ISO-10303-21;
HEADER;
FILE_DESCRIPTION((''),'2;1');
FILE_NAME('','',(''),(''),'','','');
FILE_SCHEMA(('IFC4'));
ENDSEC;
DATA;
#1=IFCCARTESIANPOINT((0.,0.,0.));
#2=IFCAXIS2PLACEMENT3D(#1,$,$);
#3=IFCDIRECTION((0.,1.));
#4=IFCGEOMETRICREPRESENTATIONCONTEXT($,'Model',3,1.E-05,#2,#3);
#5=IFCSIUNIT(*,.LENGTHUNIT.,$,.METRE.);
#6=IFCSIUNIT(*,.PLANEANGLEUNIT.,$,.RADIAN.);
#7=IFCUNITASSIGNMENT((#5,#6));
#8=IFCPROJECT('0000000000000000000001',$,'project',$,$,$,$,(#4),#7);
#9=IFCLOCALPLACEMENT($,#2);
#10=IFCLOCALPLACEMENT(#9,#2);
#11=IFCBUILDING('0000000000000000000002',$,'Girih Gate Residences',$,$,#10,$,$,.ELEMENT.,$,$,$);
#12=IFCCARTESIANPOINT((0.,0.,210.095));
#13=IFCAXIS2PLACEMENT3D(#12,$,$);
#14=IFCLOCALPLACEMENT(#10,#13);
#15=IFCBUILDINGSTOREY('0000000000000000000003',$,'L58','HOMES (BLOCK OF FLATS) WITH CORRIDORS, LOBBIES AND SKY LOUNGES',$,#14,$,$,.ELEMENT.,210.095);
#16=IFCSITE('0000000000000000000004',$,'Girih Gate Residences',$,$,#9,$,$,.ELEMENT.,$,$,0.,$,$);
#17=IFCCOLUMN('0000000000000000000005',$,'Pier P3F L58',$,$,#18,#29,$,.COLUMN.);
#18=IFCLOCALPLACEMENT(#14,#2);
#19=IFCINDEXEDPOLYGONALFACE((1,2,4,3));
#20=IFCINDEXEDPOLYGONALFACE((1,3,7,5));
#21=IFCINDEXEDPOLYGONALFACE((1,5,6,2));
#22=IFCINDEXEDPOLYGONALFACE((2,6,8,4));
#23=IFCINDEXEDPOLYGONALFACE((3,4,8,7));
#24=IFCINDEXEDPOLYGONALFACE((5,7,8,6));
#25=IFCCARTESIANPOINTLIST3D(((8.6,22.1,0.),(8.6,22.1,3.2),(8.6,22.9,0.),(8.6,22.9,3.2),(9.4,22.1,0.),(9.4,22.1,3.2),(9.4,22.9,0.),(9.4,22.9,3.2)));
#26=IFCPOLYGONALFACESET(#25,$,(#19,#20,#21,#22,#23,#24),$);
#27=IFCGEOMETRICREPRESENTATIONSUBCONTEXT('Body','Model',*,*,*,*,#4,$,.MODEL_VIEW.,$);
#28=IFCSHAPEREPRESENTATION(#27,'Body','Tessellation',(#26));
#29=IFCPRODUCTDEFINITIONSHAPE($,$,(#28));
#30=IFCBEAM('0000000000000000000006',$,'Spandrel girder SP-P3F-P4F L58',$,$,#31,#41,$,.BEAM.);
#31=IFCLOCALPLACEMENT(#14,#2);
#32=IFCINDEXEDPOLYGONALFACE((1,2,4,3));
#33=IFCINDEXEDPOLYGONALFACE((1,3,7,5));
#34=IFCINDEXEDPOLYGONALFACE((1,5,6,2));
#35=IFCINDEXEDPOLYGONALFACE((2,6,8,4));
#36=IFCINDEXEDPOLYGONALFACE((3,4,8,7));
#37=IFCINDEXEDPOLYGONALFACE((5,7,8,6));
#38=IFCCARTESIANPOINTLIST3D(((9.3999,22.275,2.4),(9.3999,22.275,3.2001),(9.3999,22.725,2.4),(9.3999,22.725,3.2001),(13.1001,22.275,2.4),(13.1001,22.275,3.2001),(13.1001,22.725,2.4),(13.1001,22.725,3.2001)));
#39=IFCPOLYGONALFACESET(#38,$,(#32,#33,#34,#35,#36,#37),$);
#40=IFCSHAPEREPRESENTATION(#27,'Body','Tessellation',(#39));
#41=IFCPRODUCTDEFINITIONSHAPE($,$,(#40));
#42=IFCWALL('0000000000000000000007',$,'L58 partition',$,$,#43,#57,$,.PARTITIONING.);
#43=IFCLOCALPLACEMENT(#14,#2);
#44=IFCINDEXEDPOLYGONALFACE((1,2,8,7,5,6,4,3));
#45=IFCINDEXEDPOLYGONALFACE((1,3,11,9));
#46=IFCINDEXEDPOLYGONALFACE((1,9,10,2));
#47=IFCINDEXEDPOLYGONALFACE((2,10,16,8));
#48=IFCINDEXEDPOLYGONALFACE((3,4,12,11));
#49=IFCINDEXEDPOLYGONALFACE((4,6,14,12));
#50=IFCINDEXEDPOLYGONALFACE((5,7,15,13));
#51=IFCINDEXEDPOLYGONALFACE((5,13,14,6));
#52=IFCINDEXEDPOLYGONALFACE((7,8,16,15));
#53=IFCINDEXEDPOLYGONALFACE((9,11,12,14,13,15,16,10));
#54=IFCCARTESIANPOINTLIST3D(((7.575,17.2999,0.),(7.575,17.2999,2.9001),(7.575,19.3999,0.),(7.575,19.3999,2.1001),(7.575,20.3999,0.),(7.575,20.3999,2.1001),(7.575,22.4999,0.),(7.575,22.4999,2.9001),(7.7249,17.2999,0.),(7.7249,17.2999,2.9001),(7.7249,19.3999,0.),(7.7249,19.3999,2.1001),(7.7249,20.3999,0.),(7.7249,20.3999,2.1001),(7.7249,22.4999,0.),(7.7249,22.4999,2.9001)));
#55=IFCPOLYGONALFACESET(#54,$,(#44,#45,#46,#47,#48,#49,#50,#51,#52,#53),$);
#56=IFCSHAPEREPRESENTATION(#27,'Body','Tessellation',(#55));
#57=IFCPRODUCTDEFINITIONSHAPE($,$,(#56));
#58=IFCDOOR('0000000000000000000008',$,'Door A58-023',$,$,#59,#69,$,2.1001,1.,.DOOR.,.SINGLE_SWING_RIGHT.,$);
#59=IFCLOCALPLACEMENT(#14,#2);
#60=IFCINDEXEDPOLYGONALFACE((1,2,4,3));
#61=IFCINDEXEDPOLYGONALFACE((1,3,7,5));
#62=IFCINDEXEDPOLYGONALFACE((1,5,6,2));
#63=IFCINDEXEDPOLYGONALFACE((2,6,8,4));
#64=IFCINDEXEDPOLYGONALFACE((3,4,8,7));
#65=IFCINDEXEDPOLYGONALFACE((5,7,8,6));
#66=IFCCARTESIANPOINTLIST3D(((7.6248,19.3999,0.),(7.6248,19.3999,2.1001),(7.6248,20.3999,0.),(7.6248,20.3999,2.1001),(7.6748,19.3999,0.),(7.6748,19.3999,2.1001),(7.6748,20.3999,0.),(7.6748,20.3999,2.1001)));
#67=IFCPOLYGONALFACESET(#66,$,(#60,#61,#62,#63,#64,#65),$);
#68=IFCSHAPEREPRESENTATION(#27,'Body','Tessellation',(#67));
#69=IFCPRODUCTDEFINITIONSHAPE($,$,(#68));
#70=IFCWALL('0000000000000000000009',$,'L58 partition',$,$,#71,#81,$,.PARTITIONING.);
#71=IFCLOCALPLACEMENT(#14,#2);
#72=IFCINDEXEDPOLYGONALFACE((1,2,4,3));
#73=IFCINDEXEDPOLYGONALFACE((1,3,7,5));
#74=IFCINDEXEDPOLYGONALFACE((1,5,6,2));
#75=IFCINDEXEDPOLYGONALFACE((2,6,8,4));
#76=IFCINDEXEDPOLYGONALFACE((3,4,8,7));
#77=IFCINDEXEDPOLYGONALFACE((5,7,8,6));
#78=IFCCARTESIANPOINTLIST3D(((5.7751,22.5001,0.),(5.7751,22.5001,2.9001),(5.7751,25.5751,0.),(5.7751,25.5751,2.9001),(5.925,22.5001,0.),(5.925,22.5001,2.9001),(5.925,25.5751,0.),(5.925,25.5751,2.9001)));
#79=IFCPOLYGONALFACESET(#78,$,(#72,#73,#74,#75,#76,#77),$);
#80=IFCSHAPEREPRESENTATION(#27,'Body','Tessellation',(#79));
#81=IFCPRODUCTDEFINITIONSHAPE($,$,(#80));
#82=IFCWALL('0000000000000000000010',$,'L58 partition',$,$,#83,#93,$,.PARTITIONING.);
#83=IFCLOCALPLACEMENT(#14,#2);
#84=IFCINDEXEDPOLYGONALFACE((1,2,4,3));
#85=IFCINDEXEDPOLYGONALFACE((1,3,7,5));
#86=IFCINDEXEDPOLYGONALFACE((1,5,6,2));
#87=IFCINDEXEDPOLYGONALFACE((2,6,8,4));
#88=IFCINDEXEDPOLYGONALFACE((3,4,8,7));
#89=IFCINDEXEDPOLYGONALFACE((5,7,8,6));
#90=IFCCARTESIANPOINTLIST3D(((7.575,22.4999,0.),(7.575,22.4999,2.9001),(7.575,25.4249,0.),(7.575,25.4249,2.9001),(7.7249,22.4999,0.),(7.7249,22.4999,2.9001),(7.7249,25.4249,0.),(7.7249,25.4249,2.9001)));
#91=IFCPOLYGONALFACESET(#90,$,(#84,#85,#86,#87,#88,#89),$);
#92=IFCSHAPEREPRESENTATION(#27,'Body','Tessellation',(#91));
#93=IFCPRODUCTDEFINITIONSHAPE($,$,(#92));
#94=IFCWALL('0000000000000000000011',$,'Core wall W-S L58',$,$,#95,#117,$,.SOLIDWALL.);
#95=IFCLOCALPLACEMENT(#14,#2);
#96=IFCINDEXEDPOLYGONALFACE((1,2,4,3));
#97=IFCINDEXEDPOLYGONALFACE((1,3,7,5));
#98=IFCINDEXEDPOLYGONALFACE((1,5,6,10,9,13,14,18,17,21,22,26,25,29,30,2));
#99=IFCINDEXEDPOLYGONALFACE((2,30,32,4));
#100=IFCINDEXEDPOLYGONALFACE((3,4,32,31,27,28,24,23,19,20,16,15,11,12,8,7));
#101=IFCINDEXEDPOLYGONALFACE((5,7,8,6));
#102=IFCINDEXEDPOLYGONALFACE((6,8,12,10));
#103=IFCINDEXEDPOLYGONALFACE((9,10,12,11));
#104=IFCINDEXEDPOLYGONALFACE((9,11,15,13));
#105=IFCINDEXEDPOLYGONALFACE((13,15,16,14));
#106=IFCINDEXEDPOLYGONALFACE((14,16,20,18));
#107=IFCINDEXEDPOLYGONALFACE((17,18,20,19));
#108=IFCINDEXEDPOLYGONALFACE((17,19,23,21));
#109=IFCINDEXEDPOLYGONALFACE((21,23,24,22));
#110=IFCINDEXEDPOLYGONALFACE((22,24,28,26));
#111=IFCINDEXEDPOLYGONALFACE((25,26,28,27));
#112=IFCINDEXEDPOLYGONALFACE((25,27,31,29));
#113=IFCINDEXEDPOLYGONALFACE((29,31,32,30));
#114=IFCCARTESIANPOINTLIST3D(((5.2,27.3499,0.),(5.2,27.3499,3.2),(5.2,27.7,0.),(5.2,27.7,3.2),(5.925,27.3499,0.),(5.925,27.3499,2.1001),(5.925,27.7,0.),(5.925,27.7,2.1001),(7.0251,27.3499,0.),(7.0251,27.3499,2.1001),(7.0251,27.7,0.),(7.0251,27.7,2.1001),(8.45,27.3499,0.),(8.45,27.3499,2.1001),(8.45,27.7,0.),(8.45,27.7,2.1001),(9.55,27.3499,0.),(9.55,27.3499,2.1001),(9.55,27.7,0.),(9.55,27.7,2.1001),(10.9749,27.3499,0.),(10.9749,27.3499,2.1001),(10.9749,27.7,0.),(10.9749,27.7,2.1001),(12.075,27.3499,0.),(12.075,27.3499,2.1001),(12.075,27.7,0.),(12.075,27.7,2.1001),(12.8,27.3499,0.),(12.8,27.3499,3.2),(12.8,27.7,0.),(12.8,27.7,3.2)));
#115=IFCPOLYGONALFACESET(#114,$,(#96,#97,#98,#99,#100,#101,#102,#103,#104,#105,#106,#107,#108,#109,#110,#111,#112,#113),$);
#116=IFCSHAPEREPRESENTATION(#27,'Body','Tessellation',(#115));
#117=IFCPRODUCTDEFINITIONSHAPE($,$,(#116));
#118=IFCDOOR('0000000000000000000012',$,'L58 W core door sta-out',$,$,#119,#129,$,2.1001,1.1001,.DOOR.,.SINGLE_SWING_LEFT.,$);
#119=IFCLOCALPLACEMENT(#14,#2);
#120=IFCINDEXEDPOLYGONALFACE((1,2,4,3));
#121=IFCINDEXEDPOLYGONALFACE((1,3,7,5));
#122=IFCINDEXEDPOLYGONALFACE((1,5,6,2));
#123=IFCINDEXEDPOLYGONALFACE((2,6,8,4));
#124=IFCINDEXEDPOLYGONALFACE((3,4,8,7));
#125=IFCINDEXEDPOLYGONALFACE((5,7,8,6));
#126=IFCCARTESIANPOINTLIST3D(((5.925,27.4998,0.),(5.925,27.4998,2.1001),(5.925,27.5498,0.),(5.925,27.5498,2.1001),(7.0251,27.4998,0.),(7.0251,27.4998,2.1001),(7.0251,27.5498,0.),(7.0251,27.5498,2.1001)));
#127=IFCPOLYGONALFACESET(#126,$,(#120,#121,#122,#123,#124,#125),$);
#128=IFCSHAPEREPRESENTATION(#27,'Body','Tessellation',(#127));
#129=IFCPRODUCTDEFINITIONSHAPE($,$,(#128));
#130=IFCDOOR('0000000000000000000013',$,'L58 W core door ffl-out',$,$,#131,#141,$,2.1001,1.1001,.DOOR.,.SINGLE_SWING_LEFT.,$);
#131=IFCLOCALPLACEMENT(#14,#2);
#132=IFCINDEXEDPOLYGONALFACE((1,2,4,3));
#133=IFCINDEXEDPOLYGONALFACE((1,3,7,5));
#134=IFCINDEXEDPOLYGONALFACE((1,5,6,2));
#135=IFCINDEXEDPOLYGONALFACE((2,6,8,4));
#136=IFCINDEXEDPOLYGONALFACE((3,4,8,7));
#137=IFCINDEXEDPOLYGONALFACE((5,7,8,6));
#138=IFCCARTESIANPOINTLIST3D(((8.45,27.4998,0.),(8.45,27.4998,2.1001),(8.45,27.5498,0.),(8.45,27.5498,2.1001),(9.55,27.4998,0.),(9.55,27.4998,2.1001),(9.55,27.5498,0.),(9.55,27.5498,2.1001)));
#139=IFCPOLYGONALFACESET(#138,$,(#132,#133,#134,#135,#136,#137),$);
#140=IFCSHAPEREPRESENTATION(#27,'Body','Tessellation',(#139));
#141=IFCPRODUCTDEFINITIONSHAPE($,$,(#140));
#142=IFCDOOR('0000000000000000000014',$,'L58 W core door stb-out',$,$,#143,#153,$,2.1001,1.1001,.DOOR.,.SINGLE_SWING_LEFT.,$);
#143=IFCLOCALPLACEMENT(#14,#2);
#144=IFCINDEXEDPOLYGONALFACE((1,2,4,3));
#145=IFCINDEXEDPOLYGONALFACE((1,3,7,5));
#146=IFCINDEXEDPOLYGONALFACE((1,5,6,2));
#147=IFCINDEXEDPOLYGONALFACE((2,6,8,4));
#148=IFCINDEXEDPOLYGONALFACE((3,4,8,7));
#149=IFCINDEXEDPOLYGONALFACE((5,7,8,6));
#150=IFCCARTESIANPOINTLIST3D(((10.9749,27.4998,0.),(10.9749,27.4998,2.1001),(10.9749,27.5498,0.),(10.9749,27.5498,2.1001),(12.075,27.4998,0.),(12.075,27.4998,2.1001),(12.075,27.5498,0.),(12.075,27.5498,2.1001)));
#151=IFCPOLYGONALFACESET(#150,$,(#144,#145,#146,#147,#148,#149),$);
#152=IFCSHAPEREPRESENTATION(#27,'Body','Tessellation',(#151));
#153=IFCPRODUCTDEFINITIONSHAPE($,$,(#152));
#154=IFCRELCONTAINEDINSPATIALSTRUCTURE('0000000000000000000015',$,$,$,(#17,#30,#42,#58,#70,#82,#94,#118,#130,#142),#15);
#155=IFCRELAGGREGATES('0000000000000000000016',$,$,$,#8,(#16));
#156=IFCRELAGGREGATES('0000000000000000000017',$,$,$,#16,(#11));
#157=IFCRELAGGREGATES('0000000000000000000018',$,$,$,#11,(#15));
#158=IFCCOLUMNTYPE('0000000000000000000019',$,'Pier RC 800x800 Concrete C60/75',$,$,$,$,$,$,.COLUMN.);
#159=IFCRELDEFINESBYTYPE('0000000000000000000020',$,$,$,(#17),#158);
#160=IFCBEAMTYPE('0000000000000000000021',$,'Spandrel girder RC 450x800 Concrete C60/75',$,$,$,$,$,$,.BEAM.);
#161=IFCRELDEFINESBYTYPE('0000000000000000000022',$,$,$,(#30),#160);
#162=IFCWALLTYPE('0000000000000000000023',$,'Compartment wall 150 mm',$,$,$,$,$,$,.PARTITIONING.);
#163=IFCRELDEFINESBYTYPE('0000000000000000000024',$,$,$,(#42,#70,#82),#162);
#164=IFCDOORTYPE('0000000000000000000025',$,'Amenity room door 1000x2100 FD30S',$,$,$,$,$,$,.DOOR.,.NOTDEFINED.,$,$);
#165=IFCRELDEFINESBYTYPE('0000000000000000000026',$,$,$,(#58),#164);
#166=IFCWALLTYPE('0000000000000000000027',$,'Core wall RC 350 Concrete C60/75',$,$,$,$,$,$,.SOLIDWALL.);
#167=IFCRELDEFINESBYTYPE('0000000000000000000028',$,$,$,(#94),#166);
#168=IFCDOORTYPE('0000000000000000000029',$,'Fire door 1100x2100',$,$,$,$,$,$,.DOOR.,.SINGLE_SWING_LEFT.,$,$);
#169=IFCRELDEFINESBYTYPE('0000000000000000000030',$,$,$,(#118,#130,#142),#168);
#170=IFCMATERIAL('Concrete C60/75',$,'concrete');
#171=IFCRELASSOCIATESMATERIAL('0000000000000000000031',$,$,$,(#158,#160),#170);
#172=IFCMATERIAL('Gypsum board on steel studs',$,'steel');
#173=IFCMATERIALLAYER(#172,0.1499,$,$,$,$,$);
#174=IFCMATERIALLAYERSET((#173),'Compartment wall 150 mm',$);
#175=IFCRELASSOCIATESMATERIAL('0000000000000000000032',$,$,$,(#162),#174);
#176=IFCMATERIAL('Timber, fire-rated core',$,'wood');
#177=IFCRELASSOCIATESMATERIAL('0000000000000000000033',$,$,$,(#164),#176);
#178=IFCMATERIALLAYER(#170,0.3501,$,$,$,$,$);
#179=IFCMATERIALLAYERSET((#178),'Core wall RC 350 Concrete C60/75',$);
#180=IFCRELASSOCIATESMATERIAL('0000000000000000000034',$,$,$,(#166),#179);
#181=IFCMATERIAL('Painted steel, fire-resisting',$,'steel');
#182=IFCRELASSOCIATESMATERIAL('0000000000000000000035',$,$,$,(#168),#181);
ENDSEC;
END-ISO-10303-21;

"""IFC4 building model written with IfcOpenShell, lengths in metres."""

from ifc_helpers import new_model, si_unit, direction, frame, frame_2d, origin, origin_2d, place, context, subcontext, project, spatial, rectangle, extrude, material, layer, layer_set, material_profile, profile_set, type_object, element, fill, save


model = new_model("IFC4")

# Units and contexts
model_context = context("Model", 3, precision=1e-05, world=origin(), true_north=direction((0.0, 1.0)))
body_context = subcontext(model_context, "Body", "Model", "MODEL_VIEW")
ifc_project = project(units=[si_unit("LENGTHUNIT", "METRE"), si_unit("PLANEANGLEUNIT", "RADIAN")], contexts=[model_context])

# Site, building, storey
site_placement = place(None, origin())
site = spatial("IfcSite", under=ifc_project, at=site_placement, Name="Girih Gate Residences", CompositionType="ELEMENT", RefElevation=0.0)
building_placement = place(site_placement, origin())
building = spatial("IfcBuilding", under=site, at=building_placement, Name="Girih Gate Residences", CompositionType="ELEMENT")
storey_placement = place(building_placement, frame((0.0, 0.0, 210.095)))
storey = spatial("IfcBuildingStorey", under=building, at=storey_placement, Name="L58", Description="HOMES (BLOCK OF FLATS) WITH CORRIDORS, LOBBIES AND SKY LOUNGES", CompositionType="ELEMENT", Elevation=210.095)

# Column
ifc_material_1 = material(Name="Concrete C60/75", Category="concrete")
ifc_material_profile_1 = material_profile(ifc_material_1, rectangle(XDim=0.8, YDim=0.8, at=origin_2d()))
ifc_profile_set_1 = profile_set([ifc_material_profile_1], Name="Concrete C60/75")
column_type = type_object("IfcColumnType", Name="Pier RC 800x800 Concrete C60/75", PredefinedType="COLUMN", material=ifc_profile_set_1)
column_placement = place(storey_placement, frame((9.0, 22.5, 0.0), z_axis=(0.0, 0.0, 1.0), x_axis=(1.0, 0.0, 0.0)))
element("IfcColumn", 1, at=column_placement, inside=storey, type_object=column_type, Name="Pier P3F L58", PredefinedType="COLUMN", context=body_context, shape_type="SweptSolid", body=[
    extrude(rectangle(XDim=0.8, YDim=0.8, at=origin_2d()), origin(), (0.0, 0.0, 1.0), 3.2),
])

# Beam
ifc_material_profile_2 = material_profile(ifc_material_1, rectangle(XDim=0.45, YDim=0.8, at=origin_2d()))
ifc_profile_set_2 = profile_set([ifc_material_profile_2], Name="Concrete C60/75")
beam_type = type_object("IfcBeamType", Name="Spandrel girder RC 450x800 Concrete C60/75", PredefinedType="BEAM", material=ifc_profile_set_2)
beam_placement = place(storey_placement, frame((9.3999, 22.5, 2.8), z_axis=(1.0, 0.0, 0.0), x_axis=(0.0, 1.0, 0.0)))
element("IfcBeam", 2, at=beam_placement, inside=storey, type_object=beam_type, Name="Spandrel girder SP-P3F-P4F L58", PredefinedType="BEAM", context=body_context, shape_type="SweptSolid", body=[
    extrude(rectangle(XDim=0.45, YDim=0.8, at=origin_2d()), origin(), (0.0, 0.0, 1.0), 3.7002),
])

# Wall, opening, door
ifc_material_2 = material(Name="Gypsum board on steel studs", Category="steel")
ifc_layer_1 = layer(ifc_material_2, 0.1499)
ifc_layer_set_1 = layer_set([ifc_layer_1], Name="Compartment wall 150 mm")
wall_type_1 = type_object("IfcWallType", Name="Compartment wall 150 mm", PredefinedType="PARTITIONING", material=ifc_layer_set_1)
wall_1_placement = place(storey_placement, frame((7.6499, 22.5, 0.0), z_axis=(0.0, 0.0, 1.0), x_axis=(0.0, -1.0, 0.0)))
wall_1 = element("IfcWall", 3, at=wall_1_placement, inside=storey, type_object=wall_type_1, Name="L58 partition", PredefinedType="PARTITIONING", context=body_context, shape_type="SweptSolid", body=[
    extrude(rectangle(XDim=5.2, YDim=0.1499, at=frame_2d((2.6001, 0.0))), origin(), (0.0, 0.0, 1.0), 2.9001),
])
opening_1_placement = place(wall_1_placement, frame((2.1001, 0.0, 0.0)))
opening_1 = element("IfcOpeningElement", 4, at=opening_1_placement, cuts=wall_1, PredefinedType="OPENING", context=body_context, shape_type="SweptSolid", body=[
    extrude(rectangle(XDim=1.0, YDim=2.1001, at=frame_2d((0.5, 1.05))), frame((0.0, 0.085, 0.0), z_axis=(0.0, -1.0, 0.0), x_axis=(1.0, 0.0, 0.0)), (0.0, 0.0, 1.0), 0.1699),
])
ifc_material_3 = material(Name="Timber, fire-rated core", Category="wood")
door_type_1 = type_object("IfcDoorType", Name="Amenity room door 1000x2100 FD30S", OperationType="NOTDEFINED", PredefinedType="DOOR", material=ifc_material_3)
door_1_placement = place(opening_1_placement, origin())
door_1 = element("IfcDoor", 5, at=door_1_placement, inside=storey, type_object=door_type_1, Name="Door A58-023", OperationType="SINGLE_SWING_RIGHT", OverallHeight=2.1001, OverallWidth=1.0, PredefinedType="DOOR", context=body_context, shape_type="SweptSolid", body=[
    extrude(rectangle(XDim=1.0, YDim=2.1001, at=frame_2d((0.5, 1.05))), frame((0.0, 0.0249, 0.0), z_axis=(0.0, -1.0, 0.0), x_axis=(1.0, 0.0, 0.0)), (0.0, 0.0, 1.0), 0.05),
])
fill(opening_1, door_1)

# Walls
wall_2_placement = place(storey_placement, frame((5.8501, 22.5, 0.0), z_axis=(0.0, 0.0, 1.0), x_axis=(0.0, 1.0, 0.0)))
element("IfcWall", 6, at=wall_2_placement, inside=storey, type_object=wall_type_1, Name="L58 partition", PredefinedType="PARTITIONING", context=body_context, shape_type="SweptSolid", body=[
    extrude(rectangle(XDim=3.075, YDim=0.1499, at=frame_2d((1.5376, 0.0))), origin(), (0.0, 0.0, 1.0), 2.9001),
])
wall_3_placement = place(storey_placement, frame((7.6499, 22.5, 0.0), z_axis=(0.0, 0.0, 1.0), x_axis=(0.0, 1.0, 0.0)))
element("IfcWall", 7, at=wall_3_placement, inside=storey, type_object=wall_type_1, Name="L58 partition", PredefinedType="PARTITIONING", context=body_context, shape_type="SweptSolid", body=[
    extrude(rectangle(XDim=2.925, YDim=0.1499, at=frame_2d((1.4624, 0.0))), origin(), (0.0, 0.0, 1.0), 2.9001),
])

# Wall, openings, doors
ifc_layer_2 = layer(ifc_material_1, 0.3501)
ifc_layer_set_2 = layer_set([ifc_layer_2], Name="Core wall RC 350 Concrete C60/75")
wall_type_2 = type_object("IfcWallType", Name="Core wall RC 350 Concrete C60/75", PredefinedType="SOLIDWALL", material=ifc_layer_set_2)
wall_4_placement = place(storey_placement, frame((5.2, 27.5249, 0.0), z_axis=(0.0, 0.0, 1.0), x_axis=(1.0, 0.0, 0.0)))
wall_4 = element("IfcWall", 8, at=wall_4_placement, inside=storey, type_object=wall_type_2, Name="Core wall W-S L58", PredefinedType="SOLIDWALL", context=body_context, shape_type="SweptSolid", body=[
    extrude(rectangle(XDim=7.6001, YDim=0.3501, at=frame_2d((3.8, 0.0))), origin(), (0.0, 0.0, 1.0), 3.2),
])
opening_2_placement = place(wall_4_placement, frame((0.7251, 0.0, 0.0)))
opening_2 = element("IfcOpeningElement", 9, at=opening_2_placement, cuts=wall_4, PredefinedType="OPENING", context=body_context, shape_type="SweptSolid", body=[
    extrude(rectangle(XDim=1.1001, YDim=2.1001, at=frame_2d((0.55, 1.05))), frame((0.0, 0.1851, 0.0), z_axis=(0.0, -1.0, 0.0), x_axis=(1.0, 0.0, 0.0)), (0.0, 0.0, 1.0), 0.3701),
])
opening_3_placement = place(wall_4_placement, frame((3.25, 0.0, 0.0)))
opening_3 = element("IfcOpeningElement", 10, at=opening_3_placement, cuts=wall_4, PredefinedType="OPENING", context=body_context, shape_type="SweptSolid", body=[
    extrude(rectangle(XDim=1.1001, YDim=2.1001, at=frame_2d((0.55, 1.05))), frame((0.0, 0.1851, 0.0), z_axis=(0.0, -1.0, 0.0), x_axis=(1.0, 0.0, 0.0)), (0.0, 0.0, 1.0), 0.3701),
])
opening_4_placement = place(wall_4_placement, frame((5.7749, 0.0, 0.0)))
opening_4 = element("IfcOpeningElement", 11, at=opening_4_placement, cuts=wall_4, PredefinedType="OPENING", context=body_context, shape_type="SweptSolid", body=[
    extrude(rectangle(XDim=1.1001, YDim=2.1001, at=frame_2d((0.55, 1.05))), frame((0.0, 0.1851, 0.0), z_axis=(0.0, -1.0, 0.0), x_axis=(1.0, 0.0, 0.0)), (0.0, 0.0, 1.0), 0.3701),
])
ifc_material_4 = material(Name="Painted steel, fire-resisting", Category="steel")
door_type_2 = type_object("IfcDoorType", Name="Fire door 1100x2100", OperationType="SINGLE_SWING_LEFT", PredefinedType="DOOR", material=ifc_material_4)
door_2_placement = place(opening_2_placement, origin())
door_2 = element("IfcDoor", 12, at=door_2_placement, inside=storey, type_object=door_type_2, Name="L58 W core door sta-out", OperationType="SINGLE_SWING_LEFT", OverallHeight=2.1001, OverallWidth=1.1001, PredefinedType="DOOR", context=body_context, shape_type="SweptSolid", body=[
    extrude(rectangle(XDim=1.1001, YDim=2.1001, at=frame_2d((0.55, 1.05))), frame((0.0, 0.0249, 0.0), z_axis=(0.0, -1.0, 0.0), x_axis=(1.0, 0.0, 0.0)), (0.0, 0.0, 1.0), 0.05),
])
fill(opening_2, door_2)
door_3_placement = place(opening_3_placement, origin())
door_3 = element("IfcDoor", 13, at=door_3_placement, inside=storey, type_object=door_type_2, Name="L58 W core door ffl-out", OperationType="SINGLE_SWING_LEFT", OverallHeight=2.1001, OverallWidth=1.1001, PredefinedType="DOOR", context=body_context, shape_type="SweptSolid", body=[
    extrude(rectangle(XDim=1.1001, YDim=2.1001, at=frame_2d((0.55, 1.05))), frame((0.0, 0.0249, 0.0), z_axis=(0.0, -1.0, 0.0), x_axis=(1.0, 0.0, 0.0)), (0.0, 0.0, 1.0), 0.05),
])
fill(opening_3, door_3)
door_4_placement = place(opening_4_placement, origin())
door_4 = element("IfcDoor", 14, at=door_4_placement, inside=storey, type_object=door_type_2, Name="L58 W core door stb-out", OperationType="SINGLE_SWING_LEFT", OverallHeight=2.1001, OverallWidth=1.1001, PredefinedType="DOOR", context=body_context, shape_type="SweptSolid", body=[
    extrude(rectangle(XDim=1.1001, YDim=2.1001, at=frame_2d((0.55, 1.05))), frame((0.0, 0.0249, 0.0), z_axis=(0.0, -1.0, 0.0), x_axis=(1.0, 0.0, 0.0)), (0.0, 0.0, 1.0), 0.05),
])
fill(opening_4, door_4)

save(model, "model.ifc")
